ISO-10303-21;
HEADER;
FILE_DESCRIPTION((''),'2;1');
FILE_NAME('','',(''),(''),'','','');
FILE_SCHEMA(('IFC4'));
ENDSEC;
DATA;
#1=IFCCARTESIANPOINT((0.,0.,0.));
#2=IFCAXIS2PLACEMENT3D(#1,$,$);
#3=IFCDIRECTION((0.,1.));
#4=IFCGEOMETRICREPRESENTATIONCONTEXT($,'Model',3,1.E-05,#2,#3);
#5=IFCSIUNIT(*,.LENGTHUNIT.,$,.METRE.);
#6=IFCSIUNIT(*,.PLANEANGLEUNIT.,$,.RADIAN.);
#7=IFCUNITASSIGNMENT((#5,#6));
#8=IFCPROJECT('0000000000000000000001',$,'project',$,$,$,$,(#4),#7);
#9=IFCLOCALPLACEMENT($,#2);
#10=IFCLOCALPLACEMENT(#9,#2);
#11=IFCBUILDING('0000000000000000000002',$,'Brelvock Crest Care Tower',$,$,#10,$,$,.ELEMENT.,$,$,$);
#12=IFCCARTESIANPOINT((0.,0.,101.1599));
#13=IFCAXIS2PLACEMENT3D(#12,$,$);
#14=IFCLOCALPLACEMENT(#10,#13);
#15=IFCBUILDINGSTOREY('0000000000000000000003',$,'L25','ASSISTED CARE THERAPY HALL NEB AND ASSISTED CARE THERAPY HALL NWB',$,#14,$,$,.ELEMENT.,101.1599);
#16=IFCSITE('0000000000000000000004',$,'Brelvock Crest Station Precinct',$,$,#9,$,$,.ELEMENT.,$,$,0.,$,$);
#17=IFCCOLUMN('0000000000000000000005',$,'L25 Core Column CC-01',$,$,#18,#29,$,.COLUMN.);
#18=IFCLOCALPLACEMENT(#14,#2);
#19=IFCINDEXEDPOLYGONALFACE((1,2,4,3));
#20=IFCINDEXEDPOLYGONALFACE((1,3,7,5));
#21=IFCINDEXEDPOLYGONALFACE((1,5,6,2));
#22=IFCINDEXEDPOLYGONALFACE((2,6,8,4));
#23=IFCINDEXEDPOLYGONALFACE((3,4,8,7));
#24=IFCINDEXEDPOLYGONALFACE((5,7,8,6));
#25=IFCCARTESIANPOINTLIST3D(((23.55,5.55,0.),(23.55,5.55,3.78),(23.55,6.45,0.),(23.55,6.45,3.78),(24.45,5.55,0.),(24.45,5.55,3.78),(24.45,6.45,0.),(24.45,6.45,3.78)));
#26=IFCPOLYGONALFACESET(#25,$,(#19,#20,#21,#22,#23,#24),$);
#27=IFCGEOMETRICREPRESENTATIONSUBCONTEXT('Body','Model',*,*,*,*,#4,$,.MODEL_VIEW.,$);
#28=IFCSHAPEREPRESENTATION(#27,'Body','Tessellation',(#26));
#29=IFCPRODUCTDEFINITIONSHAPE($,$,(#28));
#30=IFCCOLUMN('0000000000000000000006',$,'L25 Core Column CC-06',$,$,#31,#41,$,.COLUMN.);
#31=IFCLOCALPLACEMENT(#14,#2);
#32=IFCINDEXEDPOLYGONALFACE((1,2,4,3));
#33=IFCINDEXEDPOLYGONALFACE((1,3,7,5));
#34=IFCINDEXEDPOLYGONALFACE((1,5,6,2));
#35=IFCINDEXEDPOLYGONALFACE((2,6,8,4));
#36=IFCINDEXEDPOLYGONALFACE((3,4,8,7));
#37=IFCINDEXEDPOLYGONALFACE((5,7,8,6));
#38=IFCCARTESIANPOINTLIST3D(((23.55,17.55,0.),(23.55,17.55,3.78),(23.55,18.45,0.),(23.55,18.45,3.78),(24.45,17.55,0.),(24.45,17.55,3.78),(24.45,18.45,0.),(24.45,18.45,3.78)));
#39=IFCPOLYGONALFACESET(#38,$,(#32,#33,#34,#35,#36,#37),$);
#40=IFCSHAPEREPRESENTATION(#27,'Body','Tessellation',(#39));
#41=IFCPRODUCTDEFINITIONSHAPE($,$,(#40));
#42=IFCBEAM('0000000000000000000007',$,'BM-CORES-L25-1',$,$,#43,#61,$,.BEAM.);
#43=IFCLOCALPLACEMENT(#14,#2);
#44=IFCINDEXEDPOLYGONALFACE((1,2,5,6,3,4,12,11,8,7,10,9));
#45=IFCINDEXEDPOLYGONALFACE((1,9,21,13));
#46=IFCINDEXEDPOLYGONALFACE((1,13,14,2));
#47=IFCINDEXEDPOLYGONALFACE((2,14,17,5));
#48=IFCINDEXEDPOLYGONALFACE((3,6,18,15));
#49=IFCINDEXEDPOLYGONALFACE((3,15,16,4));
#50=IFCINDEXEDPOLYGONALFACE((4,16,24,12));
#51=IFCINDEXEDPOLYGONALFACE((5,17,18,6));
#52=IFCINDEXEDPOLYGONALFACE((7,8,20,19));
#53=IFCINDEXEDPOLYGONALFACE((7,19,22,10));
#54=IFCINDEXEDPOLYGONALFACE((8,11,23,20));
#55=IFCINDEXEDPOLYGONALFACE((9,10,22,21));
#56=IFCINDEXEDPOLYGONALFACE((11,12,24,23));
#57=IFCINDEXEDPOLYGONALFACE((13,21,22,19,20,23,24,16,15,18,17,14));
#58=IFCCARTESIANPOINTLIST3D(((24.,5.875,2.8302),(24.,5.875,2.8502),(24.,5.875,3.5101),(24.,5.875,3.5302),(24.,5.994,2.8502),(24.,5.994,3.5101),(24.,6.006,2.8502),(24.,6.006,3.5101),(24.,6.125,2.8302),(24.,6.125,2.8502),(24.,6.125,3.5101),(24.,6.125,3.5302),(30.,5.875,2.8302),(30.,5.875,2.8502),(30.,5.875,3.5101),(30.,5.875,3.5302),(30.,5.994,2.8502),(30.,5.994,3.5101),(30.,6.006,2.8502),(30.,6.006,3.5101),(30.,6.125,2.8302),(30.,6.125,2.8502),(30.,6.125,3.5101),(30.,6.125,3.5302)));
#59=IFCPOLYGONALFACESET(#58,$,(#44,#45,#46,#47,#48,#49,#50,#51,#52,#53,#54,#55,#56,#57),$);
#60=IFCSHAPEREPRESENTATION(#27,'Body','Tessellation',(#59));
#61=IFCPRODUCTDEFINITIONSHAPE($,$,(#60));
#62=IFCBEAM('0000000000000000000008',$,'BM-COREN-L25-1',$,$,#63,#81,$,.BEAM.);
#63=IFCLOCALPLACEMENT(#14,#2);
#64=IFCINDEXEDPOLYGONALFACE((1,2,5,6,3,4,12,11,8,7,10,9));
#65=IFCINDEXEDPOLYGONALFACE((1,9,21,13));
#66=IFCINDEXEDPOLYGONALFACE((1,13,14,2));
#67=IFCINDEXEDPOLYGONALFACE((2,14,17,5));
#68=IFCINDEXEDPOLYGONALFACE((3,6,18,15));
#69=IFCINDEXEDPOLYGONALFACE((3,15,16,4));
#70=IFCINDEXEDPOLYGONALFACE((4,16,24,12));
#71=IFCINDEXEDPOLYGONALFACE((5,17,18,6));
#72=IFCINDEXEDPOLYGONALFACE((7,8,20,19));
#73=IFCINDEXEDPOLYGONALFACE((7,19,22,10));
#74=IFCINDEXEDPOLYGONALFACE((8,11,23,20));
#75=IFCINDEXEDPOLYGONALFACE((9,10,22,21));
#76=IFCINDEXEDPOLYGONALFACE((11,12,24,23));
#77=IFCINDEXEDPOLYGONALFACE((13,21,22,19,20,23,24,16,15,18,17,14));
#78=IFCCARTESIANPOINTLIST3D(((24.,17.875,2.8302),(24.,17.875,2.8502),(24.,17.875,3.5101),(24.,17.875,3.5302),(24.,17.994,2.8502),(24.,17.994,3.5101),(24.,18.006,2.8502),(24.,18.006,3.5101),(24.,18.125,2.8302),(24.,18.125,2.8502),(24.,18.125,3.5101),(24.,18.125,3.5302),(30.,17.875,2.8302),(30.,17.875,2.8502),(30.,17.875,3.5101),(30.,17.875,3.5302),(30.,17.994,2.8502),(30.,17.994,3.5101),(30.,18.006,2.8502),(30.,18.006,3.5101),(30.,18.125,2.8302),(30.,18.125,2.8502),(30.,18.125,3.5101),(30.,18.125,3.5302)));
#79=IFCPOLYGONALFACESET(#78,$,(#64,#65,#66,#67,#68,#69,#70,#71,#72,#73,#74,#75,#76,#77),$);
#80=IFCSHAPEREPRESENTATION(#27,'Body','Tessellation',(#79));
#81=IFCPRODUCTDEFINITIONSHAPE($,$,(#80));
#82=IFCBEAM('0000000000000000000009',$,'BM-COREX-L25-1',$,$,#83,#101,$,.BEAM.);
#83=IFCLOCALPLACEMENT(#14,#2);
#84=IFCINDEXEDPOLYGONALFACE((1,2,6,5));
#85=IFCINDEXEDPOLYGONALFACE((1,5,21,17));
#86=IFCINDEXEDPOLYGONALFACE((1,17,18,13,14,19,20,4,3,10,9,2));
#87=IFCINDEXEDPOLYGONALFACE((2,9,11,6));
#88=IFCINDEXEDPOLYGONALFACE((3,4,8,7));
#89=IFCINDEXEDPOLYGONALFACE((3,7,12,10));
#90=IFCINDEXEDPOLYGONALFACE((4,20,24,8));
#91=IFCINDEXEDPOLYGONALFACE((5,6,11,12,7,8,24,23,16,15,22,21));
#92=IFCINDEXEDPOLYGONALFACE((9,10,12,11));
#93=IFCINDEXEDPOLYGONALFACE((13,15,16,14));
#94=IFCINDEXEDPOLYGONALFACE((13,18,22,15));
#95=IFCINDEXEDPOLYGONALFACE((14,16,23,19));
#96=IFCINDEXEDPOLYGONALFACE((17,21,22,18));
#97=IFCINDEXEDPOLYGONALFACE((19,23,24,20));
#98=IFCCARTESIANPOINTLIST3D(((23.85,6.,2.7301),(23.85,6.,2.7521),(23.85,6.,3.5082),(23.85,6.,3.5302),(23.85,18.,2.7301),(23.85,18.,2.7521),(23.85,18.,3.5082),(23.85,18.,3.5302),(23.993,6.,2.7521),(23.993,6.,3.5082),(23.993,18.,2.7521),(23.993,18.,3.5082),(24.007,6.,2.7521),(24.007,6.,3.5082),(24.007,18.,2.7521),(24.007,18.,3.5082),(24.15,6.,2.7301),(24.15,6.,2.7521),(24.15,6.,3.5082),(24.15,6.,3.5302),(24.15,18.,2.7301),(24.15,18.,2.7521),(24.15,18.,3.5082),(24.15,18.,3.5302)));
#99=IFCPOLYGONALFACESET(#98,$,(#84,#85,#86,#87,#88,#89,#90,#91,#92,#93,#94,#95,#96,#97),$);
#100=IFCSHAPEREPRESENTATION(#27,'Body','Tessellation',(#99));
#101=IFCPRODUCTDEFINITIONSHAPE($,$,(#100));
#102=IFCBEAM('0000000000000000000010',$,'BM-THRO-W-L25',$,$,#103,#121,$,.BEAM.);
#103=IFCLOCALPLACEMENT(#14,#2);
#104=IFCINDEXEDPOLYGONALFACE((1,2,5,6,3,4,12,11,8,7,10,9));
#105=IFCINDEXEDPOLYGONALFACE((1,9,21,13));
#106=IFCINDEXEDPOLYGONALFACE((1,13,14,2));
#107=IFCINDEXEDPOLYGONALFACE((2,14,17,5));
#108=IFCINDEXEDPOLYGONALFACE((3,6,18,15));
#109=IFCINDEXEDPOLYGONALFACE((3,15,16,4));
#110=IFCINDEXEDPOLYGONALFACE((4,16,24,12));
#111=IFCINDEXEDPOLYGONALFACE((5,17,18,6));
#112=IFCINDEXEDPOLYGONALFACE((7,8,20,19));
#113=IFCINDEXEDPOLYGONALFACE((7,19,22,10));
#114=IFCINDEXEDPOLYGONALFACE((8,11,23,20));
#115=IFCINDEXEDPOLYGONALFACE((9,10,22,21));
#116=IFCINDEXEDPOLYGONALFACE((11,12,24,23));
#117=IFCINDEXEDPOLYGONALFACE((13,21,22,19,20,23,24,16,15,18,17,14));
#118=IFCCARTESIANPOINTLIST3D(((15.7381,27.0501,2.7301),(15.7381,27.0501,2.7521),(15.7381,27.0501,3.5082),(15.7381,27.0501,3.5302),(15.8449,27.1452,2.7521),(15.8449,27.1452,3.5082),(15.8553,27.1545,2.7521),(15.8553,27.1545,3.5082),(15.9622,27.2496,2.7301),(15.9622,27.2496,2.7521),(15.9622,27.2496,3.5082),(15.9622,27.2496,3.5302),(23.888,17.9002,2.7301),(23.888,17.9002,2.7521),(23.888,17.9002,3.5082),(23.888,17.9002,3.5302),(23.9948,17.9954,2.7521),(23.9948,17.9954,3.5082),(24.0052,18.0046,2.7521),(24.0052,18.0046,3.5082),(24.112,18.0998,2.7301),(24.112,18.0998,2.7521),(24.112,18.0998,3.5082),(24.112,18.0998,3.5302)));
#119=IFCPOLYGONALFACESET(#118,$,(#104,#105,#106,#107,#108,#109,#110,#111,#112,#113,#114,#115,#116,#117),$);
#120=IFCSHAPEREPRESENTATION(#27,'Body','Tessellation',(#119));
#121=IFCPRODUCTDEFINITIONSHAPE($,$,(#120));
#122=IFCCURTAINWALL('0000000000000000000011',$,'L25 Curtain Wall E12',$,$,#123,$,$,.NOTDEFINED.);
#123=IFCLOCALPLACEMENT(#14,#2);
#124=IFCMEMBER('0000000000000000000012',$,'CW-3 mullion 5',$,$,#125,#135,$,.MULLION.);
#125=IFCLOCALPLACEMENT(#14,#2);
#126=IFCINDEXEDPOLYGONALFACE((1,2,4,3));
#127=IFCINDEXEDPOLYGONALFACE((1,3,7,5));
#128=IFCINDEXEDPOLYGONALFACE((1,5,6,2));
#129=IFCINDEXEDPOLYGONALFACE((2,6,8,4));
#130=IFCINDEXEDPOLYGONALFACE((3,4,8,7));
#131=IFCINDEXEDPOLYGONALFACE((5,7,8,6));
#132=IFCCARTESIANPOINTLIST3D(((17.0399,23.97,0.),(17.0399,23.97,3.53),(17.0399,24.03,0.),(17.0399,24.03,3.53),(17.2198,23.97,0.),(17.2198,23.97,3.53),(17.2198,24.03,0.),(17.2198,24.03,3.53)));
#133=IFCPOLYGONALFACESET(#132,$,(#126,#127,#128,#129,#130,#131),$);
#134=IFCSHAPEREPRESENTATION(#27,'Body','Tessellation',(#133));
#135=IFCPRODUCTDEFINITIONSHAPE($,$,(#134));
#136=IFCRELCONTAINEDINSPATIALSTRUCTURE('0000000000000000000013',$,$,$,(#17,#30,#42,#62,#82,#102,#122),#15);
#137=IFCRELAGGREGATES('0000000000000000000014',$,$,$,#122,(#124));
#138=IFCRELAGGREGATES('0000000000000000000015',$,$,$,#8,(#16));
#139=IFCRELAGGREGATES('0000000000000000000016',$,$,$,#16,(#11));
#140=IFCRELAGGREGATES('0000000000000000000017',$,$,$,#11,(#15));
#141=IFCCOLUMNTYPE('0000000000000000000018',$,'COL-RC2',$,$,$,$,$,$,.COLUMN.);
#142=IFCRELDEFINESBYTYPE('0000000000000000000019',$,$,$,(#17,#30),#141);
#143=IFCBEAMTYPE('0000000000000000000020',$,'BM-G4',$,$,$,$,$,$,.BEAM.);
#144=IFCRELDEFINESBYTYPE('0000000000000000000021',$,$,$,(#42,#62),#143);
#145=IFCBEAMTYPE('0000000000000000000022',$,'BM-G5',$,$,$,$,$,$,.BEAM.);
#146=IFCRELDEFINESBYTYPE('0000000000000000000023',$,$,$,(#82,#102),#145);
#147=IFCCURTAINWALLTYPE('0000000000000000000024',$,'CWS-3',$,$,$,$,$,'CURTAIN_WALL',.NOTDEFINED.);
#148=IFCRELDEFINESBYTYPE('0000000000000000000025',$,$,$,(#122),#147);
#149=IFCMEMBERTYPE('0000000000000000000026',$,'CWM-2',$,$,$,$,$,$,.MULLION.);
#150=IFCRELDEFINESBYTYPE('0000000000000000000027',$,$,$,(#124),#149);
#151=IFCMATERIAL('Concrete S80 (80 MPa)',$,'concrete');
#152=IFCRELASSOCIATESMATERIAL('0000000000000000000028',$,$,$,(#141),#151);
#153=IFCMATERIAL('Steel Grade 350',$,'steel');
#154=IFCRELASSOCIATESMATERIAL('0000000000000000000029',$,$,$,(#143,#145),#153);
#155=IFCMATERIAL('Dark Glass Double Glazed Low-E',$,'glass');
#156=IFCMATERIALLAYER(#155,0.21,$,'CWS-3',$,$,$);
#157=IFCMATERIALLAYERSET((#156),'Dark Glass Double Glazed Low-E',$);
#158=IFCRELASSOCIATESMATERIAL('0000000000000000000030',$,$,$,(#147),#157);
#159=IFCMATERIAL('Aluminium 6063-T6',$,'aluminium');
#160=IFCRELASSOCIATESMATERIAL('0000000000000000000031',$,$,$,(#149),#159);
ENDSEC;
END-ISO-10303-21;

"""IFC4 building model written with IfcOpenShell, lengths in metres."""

from ifc_helpers import new_model, si_unit, direction, frame, origin, origin_2d, place, context, subcontext, project, spatial, rectangle, i_section, extrude, source, transform, mapped, material, layer, layer_set, material_profile, profile_set, type_object, element, aggregate, save


model = new_model("IFC4")

# Units and contexts
model_context = context("Model", 3, precision=1e-05, world=origin(), true_north=direction((0.0, 1.0)))
body_context = subcontext(model_context, "Body", "Model", "MODEL_VIEW")
ifc_project = project(units=[si_unit("LENGTHUNIT", "METRE"), si_unit("PLANEANGLEUNIT", "RADIAN")], contexts=[model_context])

# Site, building, storey
site_placement = place(None, origin())
site = spatial("IfcSite", under=ifc_project, at=site_placement, Name="Brelvock Crest Station Precinct", CompositionType="ELEMENT", RefElevation=0.0)
building_placement = place(site_placement, origin())
building = spatial("IfcBuilding", under=site, at=building_placement, Name="Brelvock Crest Care Tower", CompositionType="ELEMENT")
storey_placement = place(building_placement, frame((0.0, 0.0, 101.1599)))
storey = spatial("IfcBuildingStorey", under=building, at=storey_placement, Name="L25", Description="ASSISTED CARE THERAPY HALL NEB AND ASSISTED CARE THERAPY HALL NWB", CompositionType="ELEMENT", Elevation=101.1599)

# Columns
ifc_material_1 = material(Name="Concrete S80 (80 MPa)", Category="concrete")
ifc_material_profile_1 = material_profile(ifc_material_1, rectangle(XDim=0.8999, YDim=0.8999, at=origin_2d()), Name="RC900x900")
ifc_profile_set_1 = profile_set([ifc_material_profile_1], Name="Concrete S80 (80 MPa)")
column_type = type_object("IfcColumnType", Name="COL-RC2", PredefinedType="COLUMN", material=ifc_profile_set_1)
shared_shape_1 = source(origin(), body_context, "Body", "SweptSolid", [
    extrude(rectangle(XDim=0.8999, YDim=0.8999, at=origin_2d()), origin(), (0.0, 0.0, 1.0), 3.78),
])
for number, where, z_axis, x_axis, name in (
    (1, (24.0, 6.0, 0.0), (0.0, 0.0, 1.0), (1.0, 0.0, 0.0), "L25 Core Column CC-01"),
    (2, (24.0, 18.0, 0.0), (0.0, 0.0, 1.0), (1.0, 0.0, 0.0), "L25 Core Column CC-06"),
):
    element("IfcColumn", number, at=place(storey_placement, frame(where, z_axis=z_axis, x_axis=x_axis)), inside=storey, type_object=column_type, Name=name, PredefinedType="COLUMN", context=body_context, shape_type="MappedRepresentation", body=[
        mapped(shared_shape_1, transform((0.0, 0.0, 0.0), x_axis=(1.0, 0.0, 0.0), y_axis=(0.0, 1.0, 0.0), z_axis=(0.0, 0.0, 1.0), scale=1.0)),
    ])

# Beams
ifc_material_2 = material(Name="Steel Grade 350", Category="steel")
ifc_material_profile_2 = material_profile(ifc_material_2, i_section(OverallWidth=0.25, OverallDepth=0.7, WebThickness=0.012, FlangeThickness=0.02, at=origin_2d()), Name="700WB150")
ifc_profile_set_2 = profile_set([ifc_material_profile_2], Name="Steel Grade 350")
beam_type_1 = type_object("IfcBeamType", Name="BM-G4", PredefinedType="BEAM", material=ifc_profile_set_2)
shared_shape_2 = source(origin(), body_context, "Body", "SweptSolid", [
    extrude(i_section(OverallWidth=0.25, OverallDepth=0.7, WebThickness=0.012, FlangeThickness=0.02, at=origin_2d()), origin(), (0.0, 0.0, 1.0), 6.0),
])
for number, where, z_axis, x_axis, name in (
    (3, (24.0, 6.0, 3.1802), (1.0, 0.0, 0.0), (0.0, 1.0, 0.0), "BM-CORES-L25-1"),
    (4, (24.0, 18.0, 3.1802), (1.0, 0.0, 0.0), (0.0, 1.0, 0.0), "BM-COREN-L25-1"),
):
    element("IfcBeam", number, at=place(storey_placement, frame(where, z_axis=z_axis, x_axis=x_axis)), inside=storey, type_object=beam_type_1, Name=name, PredefinedType="BEAM", context=body_context, shape_type="MappedRepresentation", body=[
        mapped(shared_shape_2, transform((0.0, 0.0, 0.0), x_axis=(1.0, 0.0, 0.0), y_axis=(0.0, 1.0, 0.0), z_axis=(0.0, 0.0, 1.0), scale=1.0)),
    ])
ifc_material_profile_3 = material_profile(ifc_material_2, i_section(OverallWidth=0.3, OverallDepth=0.8, WebThickness=0.0139, FlangeThickness=0.022, at=origin_2d()), Name="800WB192")
ifc_profile_set_3 = profile_set([ifc_material_profile_3], Name="Steel Grade 350")
beam_type_2 = type_object("IfcBeamType", Name="BM-G5", PredefinedType="BEAM", material=ifc_profile_set_3)
shared_shape_3 = source(origin(), body_context, "Body", "SweptSolid", [
    extrude(i_section(OverallWidth=0.3, OverallDepth=0.8, WebThickness=0.0139, FlangeThickness=0.022, at=origin_2d()), origin(), (0.0, 0.0, 1.0), 12.0),
])
beam_1_placement = place(storey_placement, frame((24.0, 6.0, 3.1301), z_axis=(0.0, 1.0, 0.0), x_axis=(-1.0, 0.0, 0.0)))
element("IfcBeam", 5, at=beam_1_placement, inside=storey, type_object=beam_type_2, Name="BM-COREX-L25-1", PredefinedType="BEAM", context=body_context, shape_type="MappedRepresentation", body=[
    mapped(shared_shape_3, transform((0.0, 0.0, 0.0), x_axis=(1.0, 0.0, 0.0), y_axis=(0.0, 1.0, 0.0), z_axis=(0.0, 0.0, 1.0), scale=1.0)),
])
shared_shape_4 = source(origin(), body_context, "Body", "SweptSolid", [
    extrude(i_section(OverallWidth=0.3, OverallDepth=0.8, WebThickness=0.0139, FlangeThickness=0.022, at=origin_2d()), origin(), (0.0, 0.0, 1.0), 12.2532),
])
beam_2_placement = place(storey_placement, frame((24.0, 18.0, 3.1301), z_axis=(-0.665123, 0.746734, 0.0), x_axis=(-0.746734, -0.665123, 0.0)))
element("IfcBeam", 6, at=beam_2_placement, inside=storey, type_object=beam_type_2, Name="BM-THRO-W-L25", PredefinedType="BEAM", context=body_context, shape_type="MappedRepresentation", body=[
    mapped(shared_shape_4, transform((0.0, 0.0, 0.0), x_axis=(1.0, 0.0, 0.0), y_axis=(0.0, 1.0, 0.0), z_axis=(0.0, 0.0, 1.0), scale=1.0)),
])

# Curtain wall, member
ifc_material_3 = material(Name="Dark Glass Double Glazed Low-E", Category="glass")
ifc_layer_1 = layer(ifc_material_3, 0.21, Name="CWS-3")
ifc_layer_set_1 = layer_set([ifc_layer_1], Name="Dark Glass Double Glazed Low-E")
curtain_wall_type = type_object("IfcCurtainWallType", Name="CWS-3", ElementType="CURTAIN_WALL", PredefinedType="NOTDEFINED", material=ifc_layer_set_1)
curtain_wall_placement = place(storey_placement, origin())
curtain_wall = element("IfcCurtainWall", 7, at=curtain_wall_placement, inside=storey, type_object=curtain_wall_type, Name="L25 Curtain Wall E12", PredefinedType="NOTDEFINED")
ifc_material_4 = material(Name="Aluminium 6063-T6", Category="aluminium")
ifc_material_profile_4 = material_profile(ifc_material_4, rectangle(XDim=0.0601, YDim=0.1799, at=origin_2d()), Name="ALU60x180")
ifc_profile_set_4 = profile_set([ifc_material_profile_4], Name="Aluminium 6063-T6")
member_type = type_object("IfcMemberType", Name="CWM-2", PredefinedType="MULLION", material=ifc_profile_set_4)
shared_shape_5 = source(origin(), body_context, "Body", "SweptSolid", [
    extrude(rectangle(XDim=0.0601, YDim=0.1799, at=origin_2d()), origin(), (0.0, 0.0, 1.0), 3.53),
])
member_placement = place(storey_placement, frame((17.1299, 24.0, 0.0), z_axis=(0.0, 0.0, 1.0), x_axis=(0.0, -1.0, 0.0)))
member = element("IfcMember", 8, at=member_placement, type_object=member_type, Name="CW-3 mullion 5", PredefinedType="MULLION", context=body_context, shape_type="MappedRepresentation", body=[
    mapped(shared_shape_5, transform((0.0, 0.0, 0.0), x_axis=(1.0, 0.0, 0.0), y_axis=(0.0, 1.0, 0.0), z_axis=(0.0, 0.0, 1.0), scale=1.0)),
])
aggregate(curtain_wall, [member])

save(model, "model.ifc")
